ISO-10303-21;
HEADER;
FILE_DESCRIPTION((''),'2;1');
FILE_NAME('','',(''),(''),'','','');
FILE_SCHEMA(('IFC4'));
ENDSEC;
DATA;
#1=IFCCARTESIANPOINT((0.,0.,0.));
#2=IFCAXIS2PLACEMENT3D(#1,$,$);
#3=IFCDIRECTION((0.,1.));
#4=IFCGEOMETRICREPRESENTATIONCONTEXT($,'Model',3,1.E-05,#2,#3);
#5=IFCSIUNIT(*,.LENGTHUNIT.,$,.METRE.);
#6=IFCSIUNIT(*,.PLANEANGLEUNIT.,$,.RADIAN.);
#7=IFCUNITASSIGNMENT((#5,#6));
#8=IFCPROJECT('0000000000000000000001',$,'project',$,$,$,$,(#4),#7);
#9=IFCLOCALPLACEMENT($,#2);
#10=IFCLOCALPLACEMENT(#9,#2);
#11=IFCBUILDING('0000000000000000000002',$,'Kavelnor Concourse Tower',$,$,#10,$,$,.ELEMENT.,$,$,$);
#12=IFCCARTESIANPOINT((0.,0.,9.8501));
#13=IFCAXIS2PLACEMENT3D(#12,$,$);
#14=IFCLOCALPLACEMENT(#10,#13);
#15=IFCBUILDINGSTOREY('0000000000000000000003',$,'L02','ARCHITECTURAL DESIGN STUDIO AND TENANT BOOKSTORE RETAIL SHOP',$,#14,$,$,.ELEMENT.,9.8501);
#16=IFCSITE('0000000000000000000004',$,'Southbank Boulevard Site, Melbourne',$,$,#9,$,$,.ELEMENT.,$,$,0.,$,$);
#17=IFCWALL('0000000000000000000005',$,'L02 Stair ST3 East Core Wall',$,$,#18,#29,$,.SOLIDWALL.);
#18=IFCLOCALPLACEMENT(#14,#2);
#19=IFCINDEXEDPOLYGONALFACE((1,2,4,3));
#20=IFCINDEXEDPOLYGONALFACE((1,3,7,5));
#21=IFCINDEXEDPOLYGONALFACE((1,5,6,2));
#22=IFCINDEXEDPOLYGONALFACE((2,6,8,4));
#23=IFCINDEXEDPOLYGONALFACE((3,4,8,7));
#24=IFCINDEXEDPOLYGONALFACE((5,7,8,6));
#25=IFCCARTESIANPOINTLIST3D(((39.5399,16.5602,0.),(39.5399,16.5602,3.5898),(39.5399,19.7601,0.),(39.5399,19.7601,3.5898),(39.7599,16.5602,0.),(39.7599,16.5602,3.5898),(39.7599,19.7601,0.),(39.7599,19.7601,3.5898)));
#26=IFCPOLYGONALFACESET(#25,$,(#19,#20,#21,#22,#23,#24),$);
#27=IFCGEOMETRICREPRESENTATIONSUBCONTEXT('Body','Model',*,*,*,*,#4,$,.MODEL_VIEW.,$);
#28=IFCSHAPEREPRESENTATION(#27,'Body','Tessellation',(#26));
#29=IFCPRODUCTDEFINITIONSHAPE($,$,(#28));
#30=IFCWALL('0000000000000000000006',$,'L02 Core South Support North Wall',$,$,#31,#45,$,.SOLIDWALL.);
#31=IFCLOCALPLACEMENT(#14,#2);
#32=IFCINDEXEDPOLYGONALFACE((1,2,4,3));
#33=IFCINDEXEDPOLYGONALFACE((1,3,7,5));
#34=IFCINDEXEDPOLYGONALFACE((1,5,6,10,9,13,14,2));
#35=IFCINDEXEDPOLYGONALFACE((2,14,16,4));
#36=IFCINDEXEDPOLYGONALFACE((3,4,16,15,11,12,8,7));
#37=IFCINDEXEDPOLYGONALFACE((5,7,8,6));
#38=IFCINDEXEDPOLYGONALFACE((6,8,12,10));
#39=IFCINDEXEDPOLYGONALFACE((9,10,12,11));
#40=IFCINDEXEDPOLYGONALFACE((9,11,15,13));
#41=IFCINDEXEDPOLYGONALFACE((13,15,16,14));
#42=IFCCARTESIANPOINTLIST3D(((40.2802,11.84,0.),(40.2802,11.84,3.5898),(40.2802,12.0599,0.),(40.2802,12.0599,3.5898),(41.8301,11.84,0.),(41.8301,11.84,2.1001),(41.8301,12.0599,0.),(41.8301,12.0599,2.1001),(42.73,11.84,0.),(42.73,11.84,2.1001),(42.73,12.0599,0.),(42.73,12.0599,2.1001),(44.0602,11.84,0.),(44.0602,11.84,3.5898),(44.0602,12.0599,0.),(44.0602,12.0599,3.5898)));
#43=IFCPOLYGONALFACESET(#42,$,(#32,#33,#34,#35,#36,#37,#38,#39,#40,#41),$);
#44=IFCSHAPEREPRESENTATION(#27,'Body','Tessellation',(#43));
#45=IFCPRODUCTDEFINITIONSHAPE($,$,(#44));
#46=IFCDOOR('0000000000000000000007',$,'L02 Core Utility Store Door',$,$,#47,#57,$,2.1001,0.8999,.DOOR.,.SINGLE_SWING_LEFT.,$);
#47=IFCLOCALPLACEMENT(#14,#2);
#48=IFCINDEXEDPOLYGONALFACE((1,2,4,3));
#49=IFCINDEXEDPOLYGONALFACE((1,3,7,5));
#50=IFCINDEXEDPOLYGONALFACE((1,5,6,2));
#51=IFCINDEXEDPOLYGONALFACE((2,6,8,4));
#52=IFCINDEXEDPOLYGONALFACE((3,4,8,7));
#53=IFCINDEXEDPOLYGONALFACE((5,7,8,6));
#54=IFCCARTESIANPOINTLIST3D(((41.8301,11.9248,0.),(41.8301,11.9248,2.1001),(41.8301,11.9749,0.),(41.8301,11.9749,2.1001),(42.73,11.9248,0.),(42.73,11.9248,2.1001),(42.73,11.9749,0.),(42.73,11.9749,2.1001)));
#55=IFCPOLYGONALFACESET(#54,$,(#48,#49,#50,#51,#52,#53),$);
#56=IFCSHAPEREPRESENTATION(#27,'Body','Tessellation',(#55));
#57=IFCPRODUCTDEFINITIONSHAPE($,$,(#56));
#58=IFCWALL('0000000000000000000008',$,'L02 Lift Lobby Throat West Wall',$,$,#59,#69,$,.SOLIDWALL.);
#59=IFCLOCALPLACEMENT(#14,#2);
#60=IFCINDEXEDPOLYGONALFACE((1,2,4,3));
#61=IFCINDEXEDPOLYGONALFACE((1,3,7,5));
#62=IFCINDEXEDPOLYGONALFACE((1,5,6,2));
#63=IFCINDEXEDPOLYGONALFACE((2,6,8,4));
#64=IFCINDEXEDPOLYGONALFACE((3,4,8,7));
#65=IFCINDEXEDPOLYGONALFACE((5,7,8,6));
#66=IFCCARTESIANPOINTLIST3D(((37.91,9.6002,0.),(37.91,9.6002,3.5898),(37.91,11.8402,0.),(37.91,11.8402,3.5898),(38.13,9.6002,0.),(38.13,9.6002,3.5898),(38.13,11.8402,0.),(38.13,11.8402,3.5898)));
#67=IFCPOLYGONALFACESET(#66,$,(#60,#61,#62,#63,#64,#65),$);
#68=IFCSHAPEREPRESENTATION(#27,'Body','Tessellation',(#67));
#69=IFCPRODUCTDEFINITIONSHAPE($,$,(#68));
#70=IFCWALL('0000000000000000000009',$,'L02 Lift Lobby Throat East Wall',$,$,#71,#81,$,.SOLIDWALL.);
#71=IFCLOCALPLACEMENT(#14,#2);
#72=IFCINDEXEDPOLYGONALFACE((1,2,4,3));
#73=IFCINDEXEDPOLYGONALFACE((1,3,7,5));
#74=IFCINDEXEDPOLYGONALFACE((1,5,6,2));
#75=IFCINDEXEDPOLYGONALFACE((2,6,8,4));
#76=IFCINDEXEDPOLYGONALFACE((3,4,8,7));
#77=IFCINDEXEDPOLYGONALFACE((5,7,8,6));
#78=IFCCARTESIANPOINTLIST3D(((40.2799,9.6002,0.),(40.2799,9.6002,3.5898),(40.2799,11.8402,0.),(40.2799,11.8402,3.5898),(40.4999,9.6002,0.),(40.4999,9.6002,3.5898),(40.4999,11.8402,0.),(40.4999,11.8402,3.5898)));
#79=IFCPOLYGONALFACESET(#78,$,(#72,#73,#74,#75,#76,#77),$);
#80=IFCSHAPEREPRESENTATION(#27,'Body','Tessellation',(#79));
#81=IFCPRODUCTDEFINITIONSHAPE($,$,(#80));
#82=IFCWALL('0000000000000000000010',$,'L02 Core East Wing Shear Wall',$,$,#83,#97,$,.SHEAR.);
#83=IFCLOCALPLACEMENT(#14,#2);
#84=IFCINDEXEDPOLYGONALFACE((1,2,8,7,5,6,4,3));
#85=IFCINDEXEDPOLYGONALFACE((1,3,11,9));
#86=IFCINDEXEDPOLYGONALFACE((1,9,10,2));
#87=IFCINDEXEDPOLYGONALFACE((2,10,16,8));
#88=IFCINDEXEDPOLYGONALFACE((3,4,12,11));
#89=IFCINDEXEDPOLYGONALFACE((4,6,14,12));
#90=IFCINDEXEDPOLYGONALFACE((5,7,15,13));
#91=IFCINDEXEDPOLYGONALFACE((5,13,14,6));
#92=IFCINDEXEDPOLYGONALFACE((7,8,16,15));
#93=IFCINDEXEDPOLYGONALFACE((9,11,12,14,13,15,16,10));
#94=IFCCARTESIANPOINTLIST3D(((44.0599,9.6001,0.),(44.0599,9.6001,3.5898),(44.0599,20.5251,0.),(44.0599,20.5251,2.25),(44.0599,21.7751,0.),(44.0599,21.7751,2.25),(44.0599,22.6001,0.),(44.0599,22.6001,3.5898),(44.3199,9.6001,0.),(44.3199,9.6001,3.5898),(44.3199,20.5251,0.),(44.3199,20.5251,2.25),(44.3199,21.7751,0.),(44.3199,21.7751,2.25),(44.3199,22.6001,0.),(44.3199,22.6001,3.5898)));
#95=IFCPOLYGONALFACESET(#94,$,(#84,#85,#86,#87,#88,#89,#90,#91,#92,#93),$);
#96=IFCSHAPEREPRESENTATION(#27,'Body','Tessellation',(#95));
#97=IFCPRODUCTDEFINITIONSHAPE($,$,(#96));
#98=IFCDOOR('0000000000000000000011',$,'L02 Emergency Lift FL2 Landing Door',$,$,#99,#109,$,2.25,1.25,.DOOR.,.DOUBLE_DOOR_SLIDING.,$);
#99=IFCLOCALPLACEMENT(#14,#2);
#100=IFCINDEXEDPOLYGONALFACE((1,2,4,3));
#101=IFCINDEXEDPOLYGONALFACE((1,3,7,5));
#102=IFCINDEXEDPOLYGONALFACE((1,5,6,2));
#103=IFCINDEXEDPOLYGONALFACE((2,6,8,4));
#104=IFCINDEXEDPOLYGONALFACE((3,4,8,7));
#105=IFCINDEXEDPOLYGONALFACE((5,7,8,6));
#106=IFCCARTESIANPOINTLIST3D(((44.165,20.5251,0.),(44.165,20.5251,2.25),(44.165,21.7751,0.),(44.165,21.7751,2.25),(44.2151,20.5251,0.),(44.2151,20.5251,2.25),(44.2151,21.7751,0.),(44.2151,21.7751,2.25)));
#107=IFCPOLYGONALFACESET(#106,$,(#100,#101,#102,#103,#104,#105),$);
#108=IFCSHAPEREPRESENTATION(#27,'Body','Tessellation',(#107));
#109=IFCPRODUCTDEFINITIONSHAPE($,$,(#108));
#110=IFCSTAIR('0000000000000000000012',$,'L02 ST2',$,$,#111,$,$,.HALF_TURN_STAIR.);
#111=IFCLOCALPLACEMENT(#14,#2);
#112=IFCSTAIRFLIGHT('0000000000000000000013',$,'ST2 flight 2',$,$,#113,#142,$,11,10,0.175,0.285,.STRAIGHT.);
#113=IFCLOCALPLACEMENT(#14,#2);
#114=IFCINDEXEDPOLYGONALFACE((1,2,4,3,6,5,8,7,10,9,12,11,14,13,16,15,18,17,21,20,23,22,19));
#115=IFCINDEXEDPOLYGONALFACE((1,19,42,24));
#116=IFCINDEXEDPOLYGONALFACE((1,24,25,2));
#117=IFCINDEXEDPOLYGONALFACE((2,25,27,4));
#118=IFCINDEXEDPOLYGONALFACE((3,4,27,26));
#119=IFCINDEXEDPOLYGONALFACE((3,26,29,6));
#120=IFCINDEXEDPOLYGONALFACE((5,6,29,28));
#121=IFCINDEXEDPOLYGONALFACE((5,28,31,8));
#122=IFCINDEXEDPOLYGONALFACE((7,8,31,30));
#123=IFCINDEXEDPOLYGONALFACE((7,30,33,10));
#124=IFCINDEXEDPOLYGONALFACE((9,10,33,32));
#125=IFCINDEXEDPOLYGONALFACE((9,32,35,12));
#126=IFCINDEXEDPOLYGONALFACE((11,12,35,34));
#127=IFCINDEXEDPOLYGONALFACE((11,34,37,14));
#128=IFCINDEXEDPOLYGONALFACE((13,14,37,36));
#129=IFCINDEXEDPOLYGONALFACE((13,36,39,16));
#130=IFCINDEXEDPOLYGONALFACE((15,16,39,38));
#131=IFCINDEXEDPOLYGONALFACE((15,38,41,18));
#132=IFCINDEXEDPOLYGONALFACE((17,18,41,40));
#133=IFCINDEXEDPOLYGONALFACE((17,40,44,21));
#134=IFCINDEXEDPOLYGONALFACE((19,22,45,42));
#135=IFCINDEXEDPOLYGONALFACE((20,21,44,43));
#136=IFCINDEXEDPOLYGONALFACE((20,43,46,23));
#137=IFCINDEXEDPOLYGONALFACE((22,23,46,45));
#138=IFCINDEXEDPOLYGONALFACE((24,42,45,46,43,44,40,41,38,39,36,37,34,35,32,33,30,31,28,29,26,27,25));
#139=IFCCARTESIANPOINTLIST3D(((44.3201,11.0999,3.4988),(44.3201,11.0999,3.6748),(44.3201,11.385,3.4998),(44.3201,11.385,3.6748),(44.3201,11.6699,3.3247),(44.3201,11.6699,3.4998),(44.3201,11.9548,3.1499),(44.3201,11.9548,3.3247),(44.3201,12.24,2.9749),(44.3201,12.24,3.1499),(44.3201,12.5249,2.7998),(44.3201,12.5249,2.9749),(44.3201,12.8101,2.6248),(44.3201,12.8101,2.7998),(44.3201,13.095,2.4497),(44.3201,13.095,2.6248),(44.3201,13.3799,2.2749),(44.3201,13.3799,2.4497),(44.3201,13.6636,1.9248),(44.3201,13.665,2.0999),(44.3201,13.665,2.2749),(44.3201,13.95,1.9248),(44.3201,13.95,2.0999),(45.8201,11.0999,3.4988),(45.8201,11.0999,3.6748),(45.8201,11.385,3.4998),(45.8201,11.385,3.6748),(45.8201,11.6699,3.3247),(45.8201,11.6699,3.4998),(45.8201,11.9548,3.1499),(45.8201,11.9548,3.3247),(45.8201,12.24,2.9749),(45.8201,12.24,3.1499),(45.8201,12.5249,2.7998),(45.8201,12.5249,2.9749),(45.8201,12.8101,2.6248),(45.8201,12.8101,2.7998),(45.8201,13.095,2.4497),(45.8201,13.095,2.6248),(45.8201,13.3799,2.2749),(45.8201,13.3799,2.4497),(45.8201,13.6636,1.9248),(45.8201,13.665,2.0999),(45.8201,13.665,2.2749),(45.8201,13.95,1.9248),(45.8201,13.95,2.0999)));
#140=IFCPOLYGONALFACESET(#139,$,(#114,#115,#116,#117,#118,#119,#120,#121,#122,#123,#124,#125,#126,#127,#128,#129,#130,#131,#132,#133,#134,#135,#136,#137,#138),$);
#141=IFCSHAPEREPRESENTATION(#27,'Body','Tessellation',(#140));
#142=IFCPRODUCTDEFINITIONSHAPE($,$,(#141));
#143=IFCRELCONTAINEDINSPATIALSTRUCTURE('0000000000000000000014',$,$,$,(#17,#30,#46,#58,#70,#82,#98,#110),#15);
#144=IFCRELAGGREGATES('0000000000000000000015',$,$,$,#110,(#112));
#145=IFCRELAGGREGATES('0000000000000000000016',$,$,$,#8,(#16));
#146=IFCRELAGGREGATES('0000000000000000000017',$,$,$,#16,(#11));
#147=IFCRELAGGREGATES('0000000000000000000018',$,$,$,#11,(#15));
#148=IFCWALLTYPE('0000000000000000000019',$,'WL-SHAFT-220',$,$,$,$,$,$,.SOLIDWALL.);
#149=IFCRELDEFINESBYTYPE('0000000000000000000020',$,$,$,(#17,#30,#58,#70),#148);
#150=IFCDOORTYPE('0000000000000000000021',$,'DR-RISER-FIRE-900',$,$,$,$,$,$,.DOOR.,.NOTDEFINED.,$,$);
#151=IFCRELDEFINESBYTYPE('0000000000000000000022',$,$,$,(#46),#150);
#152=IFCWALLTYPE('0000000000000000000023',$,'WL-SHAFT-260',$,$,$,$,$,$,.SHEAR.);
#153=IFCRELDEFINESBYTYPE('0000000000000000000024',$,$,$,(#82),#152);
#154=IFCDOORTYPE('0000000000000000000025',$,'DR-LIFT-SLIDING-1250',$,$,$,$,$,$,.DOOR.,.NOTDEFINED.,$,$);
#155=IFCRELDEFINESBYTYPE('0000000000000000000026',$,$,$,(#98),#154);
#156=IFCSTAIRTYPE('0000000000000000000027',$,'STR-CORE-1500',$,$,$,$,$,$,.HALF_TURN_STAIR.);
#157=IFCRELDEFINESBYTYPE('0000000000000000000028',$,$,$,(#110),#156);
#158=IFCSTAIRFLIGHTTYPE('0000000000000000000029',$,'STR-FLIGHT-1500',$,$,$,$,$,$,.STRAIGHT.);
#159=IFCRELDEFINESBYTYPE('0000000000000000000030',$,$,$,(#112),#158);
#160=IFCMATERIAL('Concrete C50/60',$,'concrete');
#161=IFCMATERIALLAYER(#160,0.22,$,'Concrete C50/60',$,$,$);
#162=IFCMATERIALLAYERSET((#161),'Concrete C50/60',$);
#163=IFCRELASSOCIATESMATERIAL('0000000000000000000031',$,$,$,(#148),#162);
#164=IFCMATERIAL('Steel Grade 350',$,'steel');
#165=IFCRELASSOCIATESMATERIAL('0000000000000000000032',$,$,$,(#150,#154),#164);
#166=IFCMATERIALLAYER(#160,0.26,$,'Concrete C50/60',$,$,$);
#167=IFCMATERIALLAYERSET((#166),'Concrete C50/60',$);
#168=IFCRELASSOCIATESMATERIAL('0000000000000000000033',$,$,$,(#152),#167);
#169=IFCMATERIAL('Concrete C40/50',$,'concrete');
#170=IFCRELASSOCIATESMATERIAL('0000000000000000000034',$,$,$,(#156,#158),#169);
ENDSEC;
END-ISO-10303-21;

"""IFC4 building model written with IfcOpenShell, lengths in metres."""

from ifc_helpers import new_model, si_unit, direction, frame, frame_2d, origin, place, context, subcontext, project, spatial, polyline, rectangle, outline, extrude, material, layer, layer_set, type_object, element, fill, aggregate, save


model = new_model("IFC4")

# Units and contexts
model_context = context("Model", 3, precision=1e-05, world=origin(), true_north=direction((0.0, 1.0)))
body_context = subcontext(model_context, "Body", "Model", "MODEL_VIEW")
ifc_project = project(units=[si_unit("LENGTHUNIT", "METRE"), si_unit("PLANEANGLEUNIT", "RADIAN")], contexts=[model_context])

# Site, building, storey
site_placement = place(None, origin())
site = spatial("IfcSite", under=ifc_project, at=site_placement, Name="Southbank Boulevard Site, Melbourne", CompositionType="ELEMENT", RefElevation=0.0)
building_placement = place(site_placement, origin())
building = spatial("IfcBuilding", under=site, at=building_placement, Name="Kavelnor Concourse Tower", CompositionType="ELEMENT")
storey_placement = place(building_placement, frame((0.0, 0.0, 9.8501)))
storey = spatial("IfcBuildingStorey", under=building, at=storey_placement, Name="L02", Description="ARCHITECTURAL DESIGN STUDIO AND TENANT BOOKSTORE RETAIL SHOP", CompositionType="ELEMENT", Elevation=9.8501)

# Shared definitions
ifc_material_1 = material(Name="Steel Grade 350", Category="steel")

# Wall
ifc_material_2 = material(Name="Concrete C50/60", Category="concrete")
ifc_layer_1 = layer(ifc_material_2, 0.22, Name="Concrete C50/60")
ifc_layer_set_1 = layer_set([ifc_layer_1], Name="Concrete C50/60")
wall_type_1 = type_object("IfcWallType", Name="WL-SHAFT-220", PredefinedType="SOLIDWALL", material=ifc_layer_set_1)
wall_1_placement = place(storey_placement, frame((39.6499, 16.5601, 0.0), z_axis=(0.0, 0.0, 1.0), x_axis=(0.0, 1.0, 0.0)))
element("IfcWall", 1, at=wall_1_placement, inside=storey, type_object=wall_type_1, Name="L02 Stair ST3 East Core Wall", PredefinedType="SOLIDWALL", context=body_context, shape_type="SweptSolid", body=[
    extrude(rectangle(XDim=3.2, YDim=0.22, at=frame_2d((1.6001, 0.0))), origin(), (0.0, 0.0, 1.0), 3.5898),
])

# Wall, opening, door
wall_2_placement = place(storey_placement, frame((40.28, 11.95, 0.0), z_axis=(0.0, 0.0, 1.0), x_axis=(1.0, 0.0, 0.0)))
wall_2 = element("IfcWall", 2, at=wall_2_placement, inside=storey, type_object=wall_type_1, Name="L02 Core South Support North Wall", PredefinedType="SOLIDWALL", context=body_context, shape_type="SweptSolid", body=[
    extrude(rectangle(XDim=3.78, YDim=0.22, at=frame_2d((1.8901, 0.0))), origin(), (0.0, 0.0, 1.0), 3.5898),
])
opening_1_placement = place(wall_2_placement, frame((1.55, 0.0, 0.0)))
opening_1 = element("IfcOpeningElement", 3, at=opening_1_placement, cuts=wall_2, PredefinedType="OPENING", context=body_context, shape_type="SweptSolid", body=[
    extrude(rectangle(XDim=0.8999, YDim=2.1001, at=frame_2d((0.45, 1.05))), frame((0.0, 0.1201, 0.0), z_axis=(0.0, -1.0, 0.0), x_axis=(1.0, 0.0, 0.0)), (0.0, 0.0, 1.0), 0.24),
])
door_type_1 = type_object("IfcDoorType", Name="DR-RISER-FIRE-900", OperationType="NOTDEFINED", PredefinedType="DOOR", material=ifc_material_1)
door_1_placement = place(opening_1_placement, origin())
door_1 = element("IfcDoor", 4, at=door_1_placement, inside=storey, type_object=door_type_1, Name="L02 Core Utility Store Door", OperationType="SINGLE_SWING_LEFT", OverallHeight=2.1001, OverallWidth=0.8999, PredefinedType="DOOR", context=body_context, shape_type="SweptSolid", body=[
    extrude(rectangle(XDim=0.8999, YDim=2.1001, at=frame_2d((0.45, 1.05))), frame((0.0, 0.0249, 0.0), z_axis=(0.0, -1.0, 0.0), x_axis=(1.0, 0.0, 0.0)), (0.0, 0.0, 1.0), 0.05),
])
fill(opening_1, door_1)

# Walls
for number, where, z_axis, x_axis, name in (
    (5, (38.02, 9.6001, 0.0), (0.0, 0.0, 1.0), (0.0, 1.0, 0.0), "L02 Lift Lobby Throat West Wall"),
    (6, (40.3899, 9.6001, 0.0), (0.0, 0.0, 1.0), (0.0, 1.0, 0.0), "L02 Lift Lobby Throat East Wall"),
):
    element("IfcWall", number, at=place(storey_placement, frame(where, z_axis=z_axis, x_axis=x_axis)), inside=storey, type_object=wall_type_1, Name=name, PredefinedType="SOLIDWALL", context=body_context, shape_type="SweptSolid", body=[
        extrude(rectangle(XDim=2.24, YDim=0.22, at=frame_2d((1.1201, 0.0))), origin(), (0.0, 0.0, 1.0), 3.5898),
    ])

# Wall, opening, door
ifc_layer_2 = layer(ifc_material_2, 0.26, Name="Concrete C50/60")
ifc_layer_set_2 = layer_set([ifc_layer_2], Name="Concrete C50/60")
wall_type_2 = type_object("IfcWallType", Name="WL-SHAFT-260", PredefinedType="SHEAR", material=ifc_layer_set_2)
wall_3_placement = place(storey_placement, frame((44.1899, 9.6001, 0.0), z_axis=(0.0, 0.0, 1.0), x_axis=(0.0, 1.0, 0.0)))
wall_3 = element("IfcWall", 7, at=wall_3_placement, inside=storey, type_object=wall_type_2, Name="L02 Core East Wing Shear Wall", PredefinedType="SHEAR", context=body_context, shape_type="SweptSolid", body=[
    extrude(rectangle(XDim=13.0, YDim=0.26, at=frame_2d((6.5, 0.0))), origin(), (0.0, 0.0, 1.0), 3.5898),
])
opening_2_placement = place(wall_3_placement, frame((10.925, 0.0, 0.0)))
opening_2 = element("IfcOpeningElement", 8, at=opening_2_placement, cuts=wall_3, PredefinedType="OPENING", context=body_context, shape_type="SweptSolid", body=[
    extrude(rectangle(XDim=1.25, YDim=2.25, at=frame_2d((0.625, 1.125))), frame((0.0, 0.1401, 0.0), z_axis=(0.0, -1.0, 0.0), x_axis=(1.0, 0.0, 0.0)), (0.0, 0.0, 1.0), 0.28),
])
door_type_2 = type_object("IfcDoorType", Name="DR-LIFT-SLIDING-1250", OperationType="NOTDEFINED", PredefinedType="DOOR", material=ifc_material_1)
door_2_placement = place(opening_2_placement, origin())
door_2 = element("IfcDoor", 9, at=door_2_placement, inside=storey, type_object=door_type_2, Name="L02 Emergency Lift FL2 Landing Door", OperationType="DOUBLE_DOOR_SLIDING", OverallHeight=2.25, OverallWidth=1.25, PredefinedType="DOOR", context=body_context, shape_type="SweptSolid", body=[
    extrude(rectangle(XDim=1.25, YDim=2.25, at=frame_2d((0.625, 1.125))), frame((0.0, 0.0249, 0.0), z_axis=(0.0, -1.0, 0.0), x_axis=(1.0, 0.0, 0.0)), (0.0, 0.0, 1.0), 0.05),
])
fill(opening_2, door_2)

# Stair, stair flight
ifc_material_3 = material(Name="Concrete C40/50", Category="concrete")
stair_type = type_object("IfcStairType", Name="STR-CORE-1500", PredefinedType="HALF_TURN_STAIR", material=ifc_material_3)
stair_placement = place(storey_placement, origin())
stair = element("IfcStair", 10, at=stair_placement, inside=storey, type_object=stair_type, Name="L02 ST2", PredefinedType="HALF_TURN_STAIR")
stair_flight_type = type_object("IfcStairFlightType", Name="STR-FLIGHT-1500", PredefinedType="STRAIGHT", material=ifc_material_3)
stair_flight_placement = place(storey_placement, frame((45.0701, 13.95, 1.9248), z_axis=(0.0, 0.0, 1.0), x_axis=(0.0, -1.0, 0.0)))
stair_flight = element("IfcStairFlight", 11, at=stair_flight_placement, type_object=stair_flight_type, Name="ST2 flight 2", NumberOfRisers=11, NumberOfTreads=10, PredefinedType="STRAIGHT", RiserHeight=0.175, TreadLength=0.285, context=body_context, shape_type="SweptSolid", body=[
    extrude(outline(polyline([(0.0, 0.0), (0.0, 0.175), (0.2849, 0.175), (0.2849, 0.3501), (0.5701, 0.3501), (0.5701, 0.5249), (0.855, 0.5249), (0.855, 0.7), (1.1399, 0.7), (1.1399, 0.875), (1.425, 0.875), (1.425, 1.05), (1.71, 1.05), (1.71, 1.2251), (1.9951, 1.2251), (1.9951, 1.3999), (2.28, 1.3999), (2.28, 1.575), (2.5649, 1.575), (2.5649, 1.75), (2.8501, 1.75), (2.8501, 1.925), (2.8501, 1.574), (0.2864, 0.0), (0.0, 0.0)])), frame((0.0, 0.75, 0.0), z_axis=(0.0, -1.0, 0.0), x_axis=(1.0, 0.0, 0.0)), (0.0, 0.0, 1.0), 1.5),
])
aggregate(stair, [stair_flight])

save(model, "model.ifc")
